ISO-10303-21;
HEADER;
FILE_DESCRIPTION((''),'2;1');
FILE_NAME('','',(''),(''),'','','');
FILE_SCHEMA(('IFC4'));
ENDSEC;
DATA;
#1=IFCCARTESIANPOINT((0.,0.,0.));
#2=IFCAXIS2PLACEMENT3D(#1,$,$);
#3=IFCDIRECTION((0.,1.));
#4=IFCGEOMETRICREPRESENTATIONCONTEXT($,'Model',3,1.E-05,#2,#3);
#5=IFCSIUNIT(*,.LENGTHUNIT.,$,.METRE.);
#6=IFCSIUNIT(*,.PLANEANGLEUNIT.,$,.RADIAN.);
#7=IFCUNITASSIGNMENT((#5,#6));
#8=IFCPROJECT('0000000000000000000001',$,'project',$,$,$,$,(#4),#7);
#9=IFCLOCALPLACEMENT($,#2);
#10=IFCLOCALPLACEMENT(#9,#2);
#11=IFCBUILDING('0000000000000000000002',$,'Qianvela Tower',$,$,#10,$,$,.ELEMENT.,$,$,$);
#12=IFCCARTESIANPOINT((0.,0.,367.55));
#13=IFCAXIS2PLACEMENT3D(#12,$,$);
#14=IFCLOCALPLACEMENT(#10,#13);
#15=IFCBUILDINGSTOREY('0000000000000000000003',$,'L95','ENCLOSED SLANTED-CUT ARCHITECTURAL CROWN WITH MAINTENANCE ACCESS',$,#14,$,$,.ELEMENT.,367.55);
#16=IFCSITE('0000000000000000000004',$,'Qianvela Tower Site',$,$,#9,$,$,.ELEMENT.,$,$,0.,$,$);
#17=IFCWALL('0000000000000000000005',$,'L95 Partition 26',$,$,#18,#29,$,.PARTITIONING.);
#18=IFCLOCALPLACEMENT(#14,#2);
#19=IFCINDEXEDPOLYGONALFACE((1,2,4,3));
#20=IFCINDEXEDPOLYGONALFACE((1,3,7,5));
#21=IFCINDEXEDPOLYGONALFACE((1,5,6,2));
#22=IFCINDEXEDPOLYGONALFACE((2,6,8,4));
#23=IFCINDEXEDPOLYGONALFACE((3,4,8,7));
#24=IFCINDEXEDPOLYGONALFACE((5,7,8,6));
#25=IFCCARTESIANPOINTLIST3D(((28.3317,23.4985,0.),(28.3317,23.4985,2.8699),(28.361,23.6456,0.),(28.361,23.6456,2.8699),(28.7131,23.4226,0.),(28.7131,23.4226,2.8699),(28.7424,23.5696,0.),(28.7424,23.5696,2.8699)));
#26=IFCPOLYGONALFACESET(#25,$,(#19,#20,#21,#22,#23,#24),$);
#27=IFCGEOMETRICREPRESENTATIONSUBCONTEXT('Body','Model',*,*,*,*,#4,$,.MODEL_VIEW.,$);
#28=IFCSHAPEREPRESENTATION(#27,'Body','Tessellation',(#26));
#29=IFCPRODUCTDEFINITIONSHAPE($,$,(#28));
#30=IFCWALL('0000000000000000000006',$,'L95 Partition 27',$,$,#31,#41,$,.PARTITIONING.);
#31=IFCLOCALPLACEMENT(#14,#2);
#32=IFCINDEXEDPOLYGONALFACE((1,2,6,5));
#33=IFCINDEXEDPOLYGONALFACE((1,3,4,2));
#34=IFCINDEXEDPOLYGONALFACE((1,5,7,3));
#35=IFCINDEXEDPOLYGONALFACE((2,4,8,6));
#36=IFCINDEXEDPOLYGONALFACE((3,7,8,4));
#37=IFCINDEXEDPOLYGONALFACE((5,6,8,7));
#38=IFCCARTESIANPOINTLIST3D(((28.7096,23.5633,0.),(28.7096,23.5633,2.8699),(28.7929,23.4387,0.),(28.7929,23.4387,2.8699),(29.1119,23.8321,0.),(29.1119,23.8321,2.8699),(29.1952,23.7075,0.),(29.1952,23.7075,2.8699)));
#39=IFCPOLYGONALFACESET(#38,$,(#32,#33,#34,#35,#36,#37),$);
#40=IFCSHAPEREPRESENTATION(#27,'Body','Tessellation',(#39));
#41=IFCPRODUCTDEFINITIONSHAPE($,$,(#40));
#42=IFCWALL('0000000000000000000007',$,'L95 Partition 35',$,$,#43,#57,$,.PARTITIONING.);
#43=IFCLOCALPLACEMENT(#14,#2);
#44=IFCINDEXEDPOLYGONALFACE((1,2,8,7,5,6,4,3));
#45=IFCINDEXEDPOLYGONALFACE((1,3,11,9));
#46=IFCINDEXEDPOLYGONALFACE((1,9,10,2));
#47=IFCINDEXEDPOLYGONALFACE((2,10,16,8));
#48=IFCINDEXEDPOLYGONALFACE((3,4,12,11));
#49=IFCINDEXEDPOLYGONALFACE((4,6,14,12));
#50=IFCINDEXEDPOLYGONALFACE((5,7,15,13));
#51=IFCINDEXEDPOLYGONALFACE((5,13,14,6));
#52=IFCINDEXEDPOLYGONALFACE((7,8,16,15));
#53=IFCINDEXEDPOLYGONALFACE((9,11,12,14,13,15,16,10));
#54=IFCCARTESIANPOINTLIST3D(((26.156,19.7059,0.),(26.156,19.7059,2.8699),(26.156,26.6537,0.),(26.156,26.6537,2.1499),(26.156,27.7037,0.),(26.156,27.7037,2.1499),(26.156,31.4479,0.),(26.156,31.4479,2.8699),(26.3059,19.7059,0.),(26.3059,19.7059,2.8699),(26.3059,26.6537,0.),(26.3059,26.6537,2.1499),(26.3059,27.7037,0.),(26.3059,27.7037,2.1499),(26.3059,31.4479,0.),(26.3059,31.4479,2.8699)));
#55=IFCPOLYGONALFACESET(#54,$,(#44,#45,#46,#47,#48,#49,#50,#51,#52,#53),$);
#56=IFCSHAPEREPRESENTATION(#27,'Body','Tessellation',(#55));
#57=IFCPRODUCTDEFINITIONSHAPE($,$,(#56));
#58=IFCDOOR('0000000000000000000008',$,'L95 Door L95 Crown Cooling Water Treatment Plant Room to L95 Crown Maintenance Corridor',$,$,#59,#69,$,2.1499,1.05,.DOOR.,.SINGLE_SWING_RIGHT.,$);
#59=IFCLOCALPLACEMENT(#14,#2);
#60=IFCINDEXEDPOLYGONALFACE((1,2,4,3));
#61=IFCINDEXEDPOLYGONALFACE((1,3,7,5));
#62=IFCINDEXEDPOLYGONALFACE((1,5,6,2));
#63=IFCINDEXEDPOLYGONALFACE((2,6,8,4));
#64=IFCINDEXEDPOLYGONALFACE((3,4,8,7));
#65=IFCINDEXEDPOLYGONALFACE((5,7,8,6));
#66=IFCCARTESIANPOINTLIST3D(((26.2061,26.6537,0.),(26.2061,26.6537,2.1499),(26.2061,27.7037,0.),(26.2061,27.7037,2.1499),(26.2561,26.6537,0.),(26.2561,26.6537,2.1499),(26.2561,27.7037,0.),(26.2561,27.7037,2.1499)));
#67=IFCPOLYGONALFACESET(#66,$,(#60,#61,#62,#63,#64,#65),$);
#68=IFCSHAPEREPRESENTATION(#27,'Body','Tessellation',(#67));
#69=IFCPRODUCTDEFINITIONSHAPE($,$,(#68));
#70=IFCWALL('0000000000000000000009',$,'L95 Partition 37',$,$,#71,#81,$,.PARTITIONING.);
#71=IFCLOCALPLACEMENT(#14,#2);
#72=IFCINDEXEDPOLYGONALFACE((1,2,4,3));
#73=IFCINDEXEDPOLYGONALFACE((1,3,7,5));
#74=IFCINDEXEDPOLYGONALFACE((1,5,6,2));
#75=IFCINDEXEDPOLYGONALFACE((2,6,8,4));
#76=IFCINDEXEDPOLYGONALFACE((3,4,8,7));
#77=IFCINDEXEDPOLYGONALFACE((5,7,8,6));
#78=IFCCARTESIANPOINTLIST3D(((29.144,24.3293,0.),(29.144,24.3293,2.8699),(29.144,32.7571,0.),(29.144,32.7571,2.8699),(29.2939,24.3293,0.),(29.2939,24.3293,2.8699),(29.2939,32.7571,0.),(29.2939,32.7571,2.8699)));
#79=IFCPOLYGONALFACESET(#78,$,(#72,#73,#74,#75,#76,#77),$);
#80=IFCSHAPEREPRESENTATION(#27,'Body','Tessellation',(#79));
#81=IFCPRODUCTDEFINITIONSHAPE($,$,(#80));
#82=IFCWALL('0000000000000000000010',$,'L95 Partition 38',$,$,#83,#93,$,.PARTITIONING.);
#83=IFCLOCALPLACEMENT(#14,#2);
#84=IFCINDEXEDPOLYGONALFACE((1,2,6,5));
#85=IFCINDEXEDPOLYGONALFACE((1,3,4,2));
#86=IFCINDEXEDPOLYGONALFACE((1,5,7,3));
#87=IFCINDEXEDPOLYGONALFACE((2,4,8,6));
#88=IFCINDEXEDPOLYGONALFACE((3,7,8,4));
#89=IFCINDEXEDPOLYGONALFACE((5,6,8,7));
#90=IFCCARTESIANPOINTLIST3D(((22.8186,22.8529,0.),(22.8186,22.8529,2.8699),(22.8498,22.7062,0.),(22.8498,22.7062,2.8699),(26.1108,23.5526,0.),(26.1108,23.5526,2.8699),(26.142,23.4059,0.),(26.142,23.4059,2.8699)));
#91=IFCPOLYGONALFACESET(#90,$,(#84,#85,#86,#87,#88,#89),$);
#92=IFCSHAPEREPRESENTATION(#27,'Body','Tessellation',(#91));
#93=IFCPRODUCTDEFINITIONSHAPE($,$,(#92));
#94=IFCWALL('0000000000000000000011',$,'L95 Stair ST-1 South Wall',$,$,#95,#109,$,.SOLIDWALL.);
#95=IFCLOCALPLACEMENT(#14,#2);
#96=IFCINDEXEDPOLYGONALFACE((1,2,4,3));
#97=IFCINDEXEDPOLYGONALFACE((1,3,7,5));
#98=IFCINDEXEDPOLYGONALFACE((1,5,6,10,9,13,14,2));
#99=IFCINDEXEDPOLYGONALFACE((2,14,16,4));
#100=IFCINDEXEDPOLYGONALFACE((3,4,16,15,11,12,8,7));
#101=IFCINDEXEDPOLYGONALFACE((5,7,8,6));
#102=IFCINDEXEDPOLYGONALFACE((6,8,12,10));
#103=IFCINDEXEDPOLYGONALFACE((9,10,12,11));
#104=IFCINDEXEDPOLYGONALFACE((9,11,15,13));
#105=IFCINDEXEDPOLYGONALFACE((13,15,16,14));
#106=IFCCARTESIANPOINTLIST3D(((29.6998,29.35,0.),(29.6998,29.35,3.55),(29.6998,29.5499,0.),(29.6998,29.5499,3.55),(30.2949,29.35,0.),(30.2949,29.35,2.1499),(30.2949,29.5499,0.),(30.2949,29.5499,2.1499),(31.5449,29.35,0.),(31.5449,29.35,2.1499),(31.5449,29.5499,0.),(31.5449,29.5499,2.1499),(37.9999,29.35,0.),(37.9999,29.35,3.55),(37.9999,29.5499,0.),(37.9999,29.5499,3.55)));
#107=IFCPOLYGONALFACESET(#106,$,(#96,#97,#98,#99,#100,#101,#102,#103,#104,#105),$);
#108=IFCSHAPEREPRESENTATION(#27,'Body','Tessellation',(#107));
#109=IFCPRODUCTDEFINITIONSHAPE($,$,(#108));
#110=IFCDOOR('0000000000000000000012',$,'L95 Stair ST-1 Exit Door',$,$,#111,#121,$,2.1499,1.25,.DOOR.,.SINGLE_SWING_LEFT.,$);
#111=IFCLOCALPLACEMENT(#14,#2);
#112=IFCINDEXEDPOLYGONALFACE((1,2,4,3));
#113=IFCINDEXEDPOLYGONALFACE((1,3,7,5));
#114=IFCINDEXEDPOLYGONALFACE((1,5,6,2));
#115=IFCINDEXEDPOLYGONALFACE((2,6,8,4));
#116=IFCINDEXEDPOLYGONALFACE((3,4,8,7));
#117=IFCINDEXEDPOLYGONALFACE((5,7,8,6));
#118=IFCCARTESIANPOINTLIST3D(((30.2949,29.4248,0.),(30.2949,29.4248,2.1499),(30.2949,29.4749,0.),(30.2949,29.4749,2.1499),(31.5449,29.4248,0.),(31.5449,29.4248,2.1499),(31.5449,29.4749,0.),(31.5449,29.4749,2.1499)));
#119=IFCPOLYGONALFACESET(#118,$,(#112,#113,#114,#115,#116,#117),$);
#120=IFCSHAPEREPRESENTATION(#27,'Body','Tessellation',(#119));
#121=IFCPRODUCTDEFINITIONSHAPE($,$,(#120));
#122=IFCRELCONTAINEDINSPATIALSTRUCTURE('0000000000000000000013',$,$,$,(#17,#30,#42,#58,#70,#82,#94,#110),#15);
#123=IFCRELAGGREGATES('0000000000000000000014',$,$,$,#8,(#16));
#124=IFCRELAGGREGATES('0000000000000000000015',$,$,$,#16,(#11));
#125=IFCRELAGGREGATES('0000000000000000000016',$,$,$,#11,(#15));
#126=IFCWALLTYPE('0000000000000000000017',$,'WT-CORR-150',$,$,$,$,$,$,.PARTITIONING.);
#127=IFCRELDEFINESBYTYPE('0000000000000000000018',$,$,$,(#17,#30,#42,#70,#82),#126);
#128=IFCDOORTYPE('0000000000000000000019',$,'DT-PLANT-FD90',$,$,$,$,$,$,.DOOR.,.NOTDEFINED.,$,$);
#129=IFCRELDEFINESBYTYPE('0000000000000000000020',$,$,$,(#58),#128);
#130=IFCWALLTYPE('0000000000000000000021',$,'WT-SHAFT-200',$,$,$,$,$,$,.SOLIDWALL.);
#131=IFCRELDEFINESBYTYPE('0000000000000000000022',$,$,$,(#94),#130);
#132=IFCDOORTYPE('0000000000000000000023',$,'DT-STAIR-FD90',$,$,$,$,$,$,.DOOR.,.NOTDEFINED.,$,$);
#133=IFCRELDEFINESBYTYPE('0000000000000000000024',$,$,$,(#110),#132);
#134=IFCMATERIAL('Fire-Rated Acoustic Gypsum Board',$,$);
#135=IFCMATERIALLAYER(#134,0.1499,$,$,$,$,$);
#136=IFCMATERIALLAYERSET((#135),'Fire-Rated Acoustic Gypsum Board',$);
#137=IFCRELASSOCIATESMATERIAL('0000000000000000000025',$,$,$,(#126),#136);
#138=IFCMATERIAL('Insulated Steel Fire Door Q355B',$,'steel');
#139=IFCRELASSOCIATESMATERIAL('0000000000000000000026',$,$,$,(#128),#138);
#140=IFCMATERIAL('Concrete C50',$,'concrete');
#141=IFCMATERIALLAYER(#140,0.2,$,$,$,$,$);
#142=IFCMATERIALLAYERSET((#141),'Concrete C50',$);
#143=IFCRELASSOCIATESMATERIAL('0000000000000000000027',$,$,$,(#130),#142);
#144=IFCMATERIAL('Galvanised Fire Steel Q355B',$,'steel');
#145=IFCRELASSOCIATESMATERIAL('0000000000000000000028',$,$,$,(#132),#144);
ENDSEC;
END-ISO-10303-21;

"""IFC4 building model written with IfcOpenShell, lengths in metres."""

from ifc_helpers import new_model, si_unit, direction, frame, frame_2d, origin, place, context, subcontext, project, spatial, rectangle, extrude, material, layer, layer_set, type_object, element, fill, save


model = new_model("IFC4")

# Units and contexts
model_context = context("Model", 3, precision=1e-05, world=origin(), true_north=direction((0.0, 1.0)))
body_context = subcontext(model_context, "Body", "Model", "MODEL_VIEW")
ifc_project = project(units=[si_unit("LENGTHUNIT", "METRE"), si_unit("PLANEANGLEUNIT", "RADIAN")], contexts=[model_context])

# Site, building, storey
site_placement = place(None, origin())
site = spatial("IfcSite", under=ifc_project, at=site_placement, Name="Qianvela Tower Site", CompositionType="ELEMENT", RefElevation=0.0)
building_placement = place(site_placement, origin())
building = spatial("IfcBuilding", under=site, at=building_placement, Name="Qianvela Tower", CompositionType="ELEMENT")
storey_placement = place(building_placement, frame((0.0, 0.0, 367.55)))
storey = spatial("IfcBuildingStorey", under=building, at=storey_placement, Name="L95", Description="ENCLOSED SLANTED-CUT ARCHITECTURAL CROWN WITH MAINTENANCE ACCESS", CompositionType="ELEMENT", Elevation=367.55)

# Walls
ifc_material_1 = material(Name="Fire-Rated Acoustic Gypsum Board")
ifc_layer_1 = layer(ifc_material_1, 0.1499)
ifc_layer_set_1 = layer_set([ifc_layer_1], Name="Fire-Rated Acoustic Gypsum Board")
wall_type_1 = type_object("IfcWallType", Name="WT-CORR-150", PredefinedType="PARTITIONING", material=ifc_layer_set_1)
wall_1_placement = place(storey_placement, frame((28.3464, 23.572, 0.0), z_axis=(0.0, 0.0, 1.0), x_axis=(0.980749, -0.195271, 0.0)))
element("IfcWall", 1, at=wall_1_placement, inside=storey, type_object=wall_type_1, Name="L95 Partition 26", PredefinedType="PARTITIONING", context=body_context, shape_type="SweptSolid", body=[
    extrude(rectangle(XDim=0.3889, YDim=0.1499, at=frame_2d((0.1943, 0.0))), origin(), (0.0, 0.0, 1.0), 2.8699),
])
wall_2_placement = place(storey_placement, frame((28.7512, 23.501, 0.0), z_axis=(0.0, 0.0, 1.0), x_axis=(0.831507, 0.555515, 0.0)))
element("IfcWall", 2, at=wall_2_placement, inside=storey, type_object=wall_type_1, Name="L95 Partition 27", PredefinedType="PARTITIONING", context=body_context, shape_type="SweptSolid", body=[
    extrude(rectangle(XDim=0.4839, YDim=0.1499, at=frame_2d((0.2419, 0.0))), origin(), (0.0, 0.0, 1.0), 2.8699),
])

# Shared definitions
ifc_material_2 = material(Name="Insulated Steel Fire Door Q355B", Category="steel")
door_type_1 = type_object("IfcDoorType", Name="DT-PLANT-FD90", OperationType="NOTDEFINED", PredefinedType="DOOR", material=ifc_material_2)

# Wall, opening, door
wall_3_placement = place(storey_placement, frame((26.231, 19.7058, 0.0), z_axis=(0.0, 0.0, 1.0), x_axis=(0.0, 1.0, 0.0)))
wall_3 = element("IfcWall", 3, at=wall_3_placement, inside=storey, type_object=wall_type_1, Name="L95 Partition 35", PredefinedType="PARTITIONING", context=body_context, shape_type="SweptSolid", body=[
    extrude(rectangle(XDim=11.7419, YDim=0.1499, at=frame_2d((5.8711, 0.0))), origin(), (0.0, 0.0, 1.0), 2.8699),
])
opening_1_placement = place(wall_3_placement, frame((6.948, 0.0, 0.0)))
opening_1 = element("IfcOpeningElement", 4, at=opening_1_placement, cuts=wall_3, PredefinedType="OPENING", context=body_context, shape_type="SweptSolid", body=[
    extrude(rectangle(XDim=1.05, YDim=2.1499, at=frame_2d((0.5249, 1.075))), frame((0.0, 0.085, 0.0), z_axis=(0.0, -1.0, 0.0), x_axis=(1.0, 0.0, 0.0)), (0.0, 0.0, 1.0), 0.1699),
])
door_1_placement = place(opening_1_placement, origin())
door_1 = element("IfcDoor", 5, at=door_1_placement, inside=storey, type_object=door_type_1, Name="L95 Door L95 Crown Cooling Water Treatment Plant Room to L95 Crown Maintenance Corridor", OperationType="SINGLE_SWING_RIGHT", OverallHeight=2.1499, OverallWidth=1.05, PredefinedType="DOOR", context=body_context, shape_type="SweptSolid", body=[
    extrude(rectangle(XDim=1.05, YDim=2.1499, at=frame_2d((0.5249, 1.075))), frame((0.0, 0.0249, 0.0), z_axis=(0.0, -1.0, 0.0), x_axis=(1.0, 0.0, 0.0)), (0.0, 0.0, 1.0), 0.05),
])
fill(opening_1, door_1)

# Walls
wall_4_placement = place(storey_placement, frame((29.219, 32.7571, 0.0), z_axis=(0.0, 0.0, 1.0), x_axis=(0.0, -1.0, 0.0)))
element("IfcWall", 6, at=wall_4_placement, inside=storey, type_object=wall_type_1, Name="L95 Partition 37", PredefinedType="PARTITIONING", context=body_context, shape_type="SweptSolid", body=[
    extrude(rectangle(XDim=8.4277, YDim=0.1499, at=frame_2d((4.2139, 0.0))), origin(), (0.0, 0.0, 1.0), 2.8699),
])
wall_5_placement = place(storey_placement, frame((22.8342, 22.7795, 0.0), z_axis=(0.0, 0.0, 1.0), x_axis=(0.978152, 0.207889, 0.0)))
element("IfcWall", 7, at=wall_5_placement, inside=storey, type_object=wall_type_1, Name="L95 Partition 38", PredefinedType="PARTITIONING", context=body_context, shape_type="SweptSolid", body=[
    extrude(rectangle(XDim=3.3657, YDim=0.1499, at=frame_2d((1.6829, 0.0))), origin(), (0.0, 0.0, 1.0), 2.8699),
])

# Wall, opening, door
ifc_material_3 = material(Name="Concrete C50", Category="concrete")
ifc_layer_2 = layer(ifc_material_3, 0.2)
ifc_layer_set_2 = layer_set([ifc_layer_2], Name="Concrete C50")
wall_type_2 = type_object("IfcWallType", Name="WT-SHAFT-200", PredefinedType="SOLIDWALL", material=ifc_layer_set_2)
wall_6_placement = place(storey_placement, frame((29.7, 29.45, 0.0), z_axis=(0.0, 0.0, 1.0), x_axis=(1.0, 0.0, 0.0)))
wall_6 = element("IfcWall", 8, at=wall_6_placement, inside=storey, type_object=wall_type_2, Name="L95 Stair ST-1 South Wall", PredefinedType="SOLIDWALL", context=body_context, shape_type="SweptSolid", body=[
    extrude(rectangle(XDim=8.3, YDim=0.2, at=frame_2d((4.1499, 0.0))), origin(), (0.0, 0.0, 1.0), 3.55),
])
opening_2_placement = place(wall_6_placement, frame((0.595, 0.0, 0.0)))
opening_2 = element("IfcOpeningElement", 9, at=opening_2_placement, cuts=wall_6, PredefinedType="OPENING", context=body_context, shape_type="SweptSolid", body=[
    extrude(rectangle(XDim=1.25, YDim=2.1499, at=frame_2d((0.625, 1.075))), frame((0.0, 0.1099, 0.0), z_axis=(0.0, -1.0, 0.0), x_axis=(1.0, 0.0, 0.0)), (0.0, 0.0, 1.0), 0.22),
])
ifc_material_4 = material(Name="Galvanised Fire Steel Q355B", Category="steel")
door_type_2 = type_object("IfcDoorType", Name="DT-STAIR-FD90", OperationType="NOTDEFINED", PredefinedType="DOOR", material=ifc_material_4)
door_2_placement = place(opening_2_placement, origin())
door_2 = element("IfcDoor", 10, at=door_2_placement, inside=storey, type_object=door_type_2, Name="L95 Stair ST-1 Exit Door", OperationType="SINGLE_SWING_LEFT", OverallHeight=2.1499, OverallWidth=1.25, PredefinedType="DOOR", context=body_context, shape_type="SweptSolid", body=[
    extrude(rectangle(XDim=1.25, YDim=2.1499, at=frame_2d((0.625, 1.075))), frame((0.0, 0.0249, 0.0), z_axis=(0.0, -1.0, 0.0), x_axis=(1.0, 0.0, 0.0)), (0.0, 0.0, 1.0), 0.05),
])
fill(opening_2, door_2)

save(model, "model.ifc")
